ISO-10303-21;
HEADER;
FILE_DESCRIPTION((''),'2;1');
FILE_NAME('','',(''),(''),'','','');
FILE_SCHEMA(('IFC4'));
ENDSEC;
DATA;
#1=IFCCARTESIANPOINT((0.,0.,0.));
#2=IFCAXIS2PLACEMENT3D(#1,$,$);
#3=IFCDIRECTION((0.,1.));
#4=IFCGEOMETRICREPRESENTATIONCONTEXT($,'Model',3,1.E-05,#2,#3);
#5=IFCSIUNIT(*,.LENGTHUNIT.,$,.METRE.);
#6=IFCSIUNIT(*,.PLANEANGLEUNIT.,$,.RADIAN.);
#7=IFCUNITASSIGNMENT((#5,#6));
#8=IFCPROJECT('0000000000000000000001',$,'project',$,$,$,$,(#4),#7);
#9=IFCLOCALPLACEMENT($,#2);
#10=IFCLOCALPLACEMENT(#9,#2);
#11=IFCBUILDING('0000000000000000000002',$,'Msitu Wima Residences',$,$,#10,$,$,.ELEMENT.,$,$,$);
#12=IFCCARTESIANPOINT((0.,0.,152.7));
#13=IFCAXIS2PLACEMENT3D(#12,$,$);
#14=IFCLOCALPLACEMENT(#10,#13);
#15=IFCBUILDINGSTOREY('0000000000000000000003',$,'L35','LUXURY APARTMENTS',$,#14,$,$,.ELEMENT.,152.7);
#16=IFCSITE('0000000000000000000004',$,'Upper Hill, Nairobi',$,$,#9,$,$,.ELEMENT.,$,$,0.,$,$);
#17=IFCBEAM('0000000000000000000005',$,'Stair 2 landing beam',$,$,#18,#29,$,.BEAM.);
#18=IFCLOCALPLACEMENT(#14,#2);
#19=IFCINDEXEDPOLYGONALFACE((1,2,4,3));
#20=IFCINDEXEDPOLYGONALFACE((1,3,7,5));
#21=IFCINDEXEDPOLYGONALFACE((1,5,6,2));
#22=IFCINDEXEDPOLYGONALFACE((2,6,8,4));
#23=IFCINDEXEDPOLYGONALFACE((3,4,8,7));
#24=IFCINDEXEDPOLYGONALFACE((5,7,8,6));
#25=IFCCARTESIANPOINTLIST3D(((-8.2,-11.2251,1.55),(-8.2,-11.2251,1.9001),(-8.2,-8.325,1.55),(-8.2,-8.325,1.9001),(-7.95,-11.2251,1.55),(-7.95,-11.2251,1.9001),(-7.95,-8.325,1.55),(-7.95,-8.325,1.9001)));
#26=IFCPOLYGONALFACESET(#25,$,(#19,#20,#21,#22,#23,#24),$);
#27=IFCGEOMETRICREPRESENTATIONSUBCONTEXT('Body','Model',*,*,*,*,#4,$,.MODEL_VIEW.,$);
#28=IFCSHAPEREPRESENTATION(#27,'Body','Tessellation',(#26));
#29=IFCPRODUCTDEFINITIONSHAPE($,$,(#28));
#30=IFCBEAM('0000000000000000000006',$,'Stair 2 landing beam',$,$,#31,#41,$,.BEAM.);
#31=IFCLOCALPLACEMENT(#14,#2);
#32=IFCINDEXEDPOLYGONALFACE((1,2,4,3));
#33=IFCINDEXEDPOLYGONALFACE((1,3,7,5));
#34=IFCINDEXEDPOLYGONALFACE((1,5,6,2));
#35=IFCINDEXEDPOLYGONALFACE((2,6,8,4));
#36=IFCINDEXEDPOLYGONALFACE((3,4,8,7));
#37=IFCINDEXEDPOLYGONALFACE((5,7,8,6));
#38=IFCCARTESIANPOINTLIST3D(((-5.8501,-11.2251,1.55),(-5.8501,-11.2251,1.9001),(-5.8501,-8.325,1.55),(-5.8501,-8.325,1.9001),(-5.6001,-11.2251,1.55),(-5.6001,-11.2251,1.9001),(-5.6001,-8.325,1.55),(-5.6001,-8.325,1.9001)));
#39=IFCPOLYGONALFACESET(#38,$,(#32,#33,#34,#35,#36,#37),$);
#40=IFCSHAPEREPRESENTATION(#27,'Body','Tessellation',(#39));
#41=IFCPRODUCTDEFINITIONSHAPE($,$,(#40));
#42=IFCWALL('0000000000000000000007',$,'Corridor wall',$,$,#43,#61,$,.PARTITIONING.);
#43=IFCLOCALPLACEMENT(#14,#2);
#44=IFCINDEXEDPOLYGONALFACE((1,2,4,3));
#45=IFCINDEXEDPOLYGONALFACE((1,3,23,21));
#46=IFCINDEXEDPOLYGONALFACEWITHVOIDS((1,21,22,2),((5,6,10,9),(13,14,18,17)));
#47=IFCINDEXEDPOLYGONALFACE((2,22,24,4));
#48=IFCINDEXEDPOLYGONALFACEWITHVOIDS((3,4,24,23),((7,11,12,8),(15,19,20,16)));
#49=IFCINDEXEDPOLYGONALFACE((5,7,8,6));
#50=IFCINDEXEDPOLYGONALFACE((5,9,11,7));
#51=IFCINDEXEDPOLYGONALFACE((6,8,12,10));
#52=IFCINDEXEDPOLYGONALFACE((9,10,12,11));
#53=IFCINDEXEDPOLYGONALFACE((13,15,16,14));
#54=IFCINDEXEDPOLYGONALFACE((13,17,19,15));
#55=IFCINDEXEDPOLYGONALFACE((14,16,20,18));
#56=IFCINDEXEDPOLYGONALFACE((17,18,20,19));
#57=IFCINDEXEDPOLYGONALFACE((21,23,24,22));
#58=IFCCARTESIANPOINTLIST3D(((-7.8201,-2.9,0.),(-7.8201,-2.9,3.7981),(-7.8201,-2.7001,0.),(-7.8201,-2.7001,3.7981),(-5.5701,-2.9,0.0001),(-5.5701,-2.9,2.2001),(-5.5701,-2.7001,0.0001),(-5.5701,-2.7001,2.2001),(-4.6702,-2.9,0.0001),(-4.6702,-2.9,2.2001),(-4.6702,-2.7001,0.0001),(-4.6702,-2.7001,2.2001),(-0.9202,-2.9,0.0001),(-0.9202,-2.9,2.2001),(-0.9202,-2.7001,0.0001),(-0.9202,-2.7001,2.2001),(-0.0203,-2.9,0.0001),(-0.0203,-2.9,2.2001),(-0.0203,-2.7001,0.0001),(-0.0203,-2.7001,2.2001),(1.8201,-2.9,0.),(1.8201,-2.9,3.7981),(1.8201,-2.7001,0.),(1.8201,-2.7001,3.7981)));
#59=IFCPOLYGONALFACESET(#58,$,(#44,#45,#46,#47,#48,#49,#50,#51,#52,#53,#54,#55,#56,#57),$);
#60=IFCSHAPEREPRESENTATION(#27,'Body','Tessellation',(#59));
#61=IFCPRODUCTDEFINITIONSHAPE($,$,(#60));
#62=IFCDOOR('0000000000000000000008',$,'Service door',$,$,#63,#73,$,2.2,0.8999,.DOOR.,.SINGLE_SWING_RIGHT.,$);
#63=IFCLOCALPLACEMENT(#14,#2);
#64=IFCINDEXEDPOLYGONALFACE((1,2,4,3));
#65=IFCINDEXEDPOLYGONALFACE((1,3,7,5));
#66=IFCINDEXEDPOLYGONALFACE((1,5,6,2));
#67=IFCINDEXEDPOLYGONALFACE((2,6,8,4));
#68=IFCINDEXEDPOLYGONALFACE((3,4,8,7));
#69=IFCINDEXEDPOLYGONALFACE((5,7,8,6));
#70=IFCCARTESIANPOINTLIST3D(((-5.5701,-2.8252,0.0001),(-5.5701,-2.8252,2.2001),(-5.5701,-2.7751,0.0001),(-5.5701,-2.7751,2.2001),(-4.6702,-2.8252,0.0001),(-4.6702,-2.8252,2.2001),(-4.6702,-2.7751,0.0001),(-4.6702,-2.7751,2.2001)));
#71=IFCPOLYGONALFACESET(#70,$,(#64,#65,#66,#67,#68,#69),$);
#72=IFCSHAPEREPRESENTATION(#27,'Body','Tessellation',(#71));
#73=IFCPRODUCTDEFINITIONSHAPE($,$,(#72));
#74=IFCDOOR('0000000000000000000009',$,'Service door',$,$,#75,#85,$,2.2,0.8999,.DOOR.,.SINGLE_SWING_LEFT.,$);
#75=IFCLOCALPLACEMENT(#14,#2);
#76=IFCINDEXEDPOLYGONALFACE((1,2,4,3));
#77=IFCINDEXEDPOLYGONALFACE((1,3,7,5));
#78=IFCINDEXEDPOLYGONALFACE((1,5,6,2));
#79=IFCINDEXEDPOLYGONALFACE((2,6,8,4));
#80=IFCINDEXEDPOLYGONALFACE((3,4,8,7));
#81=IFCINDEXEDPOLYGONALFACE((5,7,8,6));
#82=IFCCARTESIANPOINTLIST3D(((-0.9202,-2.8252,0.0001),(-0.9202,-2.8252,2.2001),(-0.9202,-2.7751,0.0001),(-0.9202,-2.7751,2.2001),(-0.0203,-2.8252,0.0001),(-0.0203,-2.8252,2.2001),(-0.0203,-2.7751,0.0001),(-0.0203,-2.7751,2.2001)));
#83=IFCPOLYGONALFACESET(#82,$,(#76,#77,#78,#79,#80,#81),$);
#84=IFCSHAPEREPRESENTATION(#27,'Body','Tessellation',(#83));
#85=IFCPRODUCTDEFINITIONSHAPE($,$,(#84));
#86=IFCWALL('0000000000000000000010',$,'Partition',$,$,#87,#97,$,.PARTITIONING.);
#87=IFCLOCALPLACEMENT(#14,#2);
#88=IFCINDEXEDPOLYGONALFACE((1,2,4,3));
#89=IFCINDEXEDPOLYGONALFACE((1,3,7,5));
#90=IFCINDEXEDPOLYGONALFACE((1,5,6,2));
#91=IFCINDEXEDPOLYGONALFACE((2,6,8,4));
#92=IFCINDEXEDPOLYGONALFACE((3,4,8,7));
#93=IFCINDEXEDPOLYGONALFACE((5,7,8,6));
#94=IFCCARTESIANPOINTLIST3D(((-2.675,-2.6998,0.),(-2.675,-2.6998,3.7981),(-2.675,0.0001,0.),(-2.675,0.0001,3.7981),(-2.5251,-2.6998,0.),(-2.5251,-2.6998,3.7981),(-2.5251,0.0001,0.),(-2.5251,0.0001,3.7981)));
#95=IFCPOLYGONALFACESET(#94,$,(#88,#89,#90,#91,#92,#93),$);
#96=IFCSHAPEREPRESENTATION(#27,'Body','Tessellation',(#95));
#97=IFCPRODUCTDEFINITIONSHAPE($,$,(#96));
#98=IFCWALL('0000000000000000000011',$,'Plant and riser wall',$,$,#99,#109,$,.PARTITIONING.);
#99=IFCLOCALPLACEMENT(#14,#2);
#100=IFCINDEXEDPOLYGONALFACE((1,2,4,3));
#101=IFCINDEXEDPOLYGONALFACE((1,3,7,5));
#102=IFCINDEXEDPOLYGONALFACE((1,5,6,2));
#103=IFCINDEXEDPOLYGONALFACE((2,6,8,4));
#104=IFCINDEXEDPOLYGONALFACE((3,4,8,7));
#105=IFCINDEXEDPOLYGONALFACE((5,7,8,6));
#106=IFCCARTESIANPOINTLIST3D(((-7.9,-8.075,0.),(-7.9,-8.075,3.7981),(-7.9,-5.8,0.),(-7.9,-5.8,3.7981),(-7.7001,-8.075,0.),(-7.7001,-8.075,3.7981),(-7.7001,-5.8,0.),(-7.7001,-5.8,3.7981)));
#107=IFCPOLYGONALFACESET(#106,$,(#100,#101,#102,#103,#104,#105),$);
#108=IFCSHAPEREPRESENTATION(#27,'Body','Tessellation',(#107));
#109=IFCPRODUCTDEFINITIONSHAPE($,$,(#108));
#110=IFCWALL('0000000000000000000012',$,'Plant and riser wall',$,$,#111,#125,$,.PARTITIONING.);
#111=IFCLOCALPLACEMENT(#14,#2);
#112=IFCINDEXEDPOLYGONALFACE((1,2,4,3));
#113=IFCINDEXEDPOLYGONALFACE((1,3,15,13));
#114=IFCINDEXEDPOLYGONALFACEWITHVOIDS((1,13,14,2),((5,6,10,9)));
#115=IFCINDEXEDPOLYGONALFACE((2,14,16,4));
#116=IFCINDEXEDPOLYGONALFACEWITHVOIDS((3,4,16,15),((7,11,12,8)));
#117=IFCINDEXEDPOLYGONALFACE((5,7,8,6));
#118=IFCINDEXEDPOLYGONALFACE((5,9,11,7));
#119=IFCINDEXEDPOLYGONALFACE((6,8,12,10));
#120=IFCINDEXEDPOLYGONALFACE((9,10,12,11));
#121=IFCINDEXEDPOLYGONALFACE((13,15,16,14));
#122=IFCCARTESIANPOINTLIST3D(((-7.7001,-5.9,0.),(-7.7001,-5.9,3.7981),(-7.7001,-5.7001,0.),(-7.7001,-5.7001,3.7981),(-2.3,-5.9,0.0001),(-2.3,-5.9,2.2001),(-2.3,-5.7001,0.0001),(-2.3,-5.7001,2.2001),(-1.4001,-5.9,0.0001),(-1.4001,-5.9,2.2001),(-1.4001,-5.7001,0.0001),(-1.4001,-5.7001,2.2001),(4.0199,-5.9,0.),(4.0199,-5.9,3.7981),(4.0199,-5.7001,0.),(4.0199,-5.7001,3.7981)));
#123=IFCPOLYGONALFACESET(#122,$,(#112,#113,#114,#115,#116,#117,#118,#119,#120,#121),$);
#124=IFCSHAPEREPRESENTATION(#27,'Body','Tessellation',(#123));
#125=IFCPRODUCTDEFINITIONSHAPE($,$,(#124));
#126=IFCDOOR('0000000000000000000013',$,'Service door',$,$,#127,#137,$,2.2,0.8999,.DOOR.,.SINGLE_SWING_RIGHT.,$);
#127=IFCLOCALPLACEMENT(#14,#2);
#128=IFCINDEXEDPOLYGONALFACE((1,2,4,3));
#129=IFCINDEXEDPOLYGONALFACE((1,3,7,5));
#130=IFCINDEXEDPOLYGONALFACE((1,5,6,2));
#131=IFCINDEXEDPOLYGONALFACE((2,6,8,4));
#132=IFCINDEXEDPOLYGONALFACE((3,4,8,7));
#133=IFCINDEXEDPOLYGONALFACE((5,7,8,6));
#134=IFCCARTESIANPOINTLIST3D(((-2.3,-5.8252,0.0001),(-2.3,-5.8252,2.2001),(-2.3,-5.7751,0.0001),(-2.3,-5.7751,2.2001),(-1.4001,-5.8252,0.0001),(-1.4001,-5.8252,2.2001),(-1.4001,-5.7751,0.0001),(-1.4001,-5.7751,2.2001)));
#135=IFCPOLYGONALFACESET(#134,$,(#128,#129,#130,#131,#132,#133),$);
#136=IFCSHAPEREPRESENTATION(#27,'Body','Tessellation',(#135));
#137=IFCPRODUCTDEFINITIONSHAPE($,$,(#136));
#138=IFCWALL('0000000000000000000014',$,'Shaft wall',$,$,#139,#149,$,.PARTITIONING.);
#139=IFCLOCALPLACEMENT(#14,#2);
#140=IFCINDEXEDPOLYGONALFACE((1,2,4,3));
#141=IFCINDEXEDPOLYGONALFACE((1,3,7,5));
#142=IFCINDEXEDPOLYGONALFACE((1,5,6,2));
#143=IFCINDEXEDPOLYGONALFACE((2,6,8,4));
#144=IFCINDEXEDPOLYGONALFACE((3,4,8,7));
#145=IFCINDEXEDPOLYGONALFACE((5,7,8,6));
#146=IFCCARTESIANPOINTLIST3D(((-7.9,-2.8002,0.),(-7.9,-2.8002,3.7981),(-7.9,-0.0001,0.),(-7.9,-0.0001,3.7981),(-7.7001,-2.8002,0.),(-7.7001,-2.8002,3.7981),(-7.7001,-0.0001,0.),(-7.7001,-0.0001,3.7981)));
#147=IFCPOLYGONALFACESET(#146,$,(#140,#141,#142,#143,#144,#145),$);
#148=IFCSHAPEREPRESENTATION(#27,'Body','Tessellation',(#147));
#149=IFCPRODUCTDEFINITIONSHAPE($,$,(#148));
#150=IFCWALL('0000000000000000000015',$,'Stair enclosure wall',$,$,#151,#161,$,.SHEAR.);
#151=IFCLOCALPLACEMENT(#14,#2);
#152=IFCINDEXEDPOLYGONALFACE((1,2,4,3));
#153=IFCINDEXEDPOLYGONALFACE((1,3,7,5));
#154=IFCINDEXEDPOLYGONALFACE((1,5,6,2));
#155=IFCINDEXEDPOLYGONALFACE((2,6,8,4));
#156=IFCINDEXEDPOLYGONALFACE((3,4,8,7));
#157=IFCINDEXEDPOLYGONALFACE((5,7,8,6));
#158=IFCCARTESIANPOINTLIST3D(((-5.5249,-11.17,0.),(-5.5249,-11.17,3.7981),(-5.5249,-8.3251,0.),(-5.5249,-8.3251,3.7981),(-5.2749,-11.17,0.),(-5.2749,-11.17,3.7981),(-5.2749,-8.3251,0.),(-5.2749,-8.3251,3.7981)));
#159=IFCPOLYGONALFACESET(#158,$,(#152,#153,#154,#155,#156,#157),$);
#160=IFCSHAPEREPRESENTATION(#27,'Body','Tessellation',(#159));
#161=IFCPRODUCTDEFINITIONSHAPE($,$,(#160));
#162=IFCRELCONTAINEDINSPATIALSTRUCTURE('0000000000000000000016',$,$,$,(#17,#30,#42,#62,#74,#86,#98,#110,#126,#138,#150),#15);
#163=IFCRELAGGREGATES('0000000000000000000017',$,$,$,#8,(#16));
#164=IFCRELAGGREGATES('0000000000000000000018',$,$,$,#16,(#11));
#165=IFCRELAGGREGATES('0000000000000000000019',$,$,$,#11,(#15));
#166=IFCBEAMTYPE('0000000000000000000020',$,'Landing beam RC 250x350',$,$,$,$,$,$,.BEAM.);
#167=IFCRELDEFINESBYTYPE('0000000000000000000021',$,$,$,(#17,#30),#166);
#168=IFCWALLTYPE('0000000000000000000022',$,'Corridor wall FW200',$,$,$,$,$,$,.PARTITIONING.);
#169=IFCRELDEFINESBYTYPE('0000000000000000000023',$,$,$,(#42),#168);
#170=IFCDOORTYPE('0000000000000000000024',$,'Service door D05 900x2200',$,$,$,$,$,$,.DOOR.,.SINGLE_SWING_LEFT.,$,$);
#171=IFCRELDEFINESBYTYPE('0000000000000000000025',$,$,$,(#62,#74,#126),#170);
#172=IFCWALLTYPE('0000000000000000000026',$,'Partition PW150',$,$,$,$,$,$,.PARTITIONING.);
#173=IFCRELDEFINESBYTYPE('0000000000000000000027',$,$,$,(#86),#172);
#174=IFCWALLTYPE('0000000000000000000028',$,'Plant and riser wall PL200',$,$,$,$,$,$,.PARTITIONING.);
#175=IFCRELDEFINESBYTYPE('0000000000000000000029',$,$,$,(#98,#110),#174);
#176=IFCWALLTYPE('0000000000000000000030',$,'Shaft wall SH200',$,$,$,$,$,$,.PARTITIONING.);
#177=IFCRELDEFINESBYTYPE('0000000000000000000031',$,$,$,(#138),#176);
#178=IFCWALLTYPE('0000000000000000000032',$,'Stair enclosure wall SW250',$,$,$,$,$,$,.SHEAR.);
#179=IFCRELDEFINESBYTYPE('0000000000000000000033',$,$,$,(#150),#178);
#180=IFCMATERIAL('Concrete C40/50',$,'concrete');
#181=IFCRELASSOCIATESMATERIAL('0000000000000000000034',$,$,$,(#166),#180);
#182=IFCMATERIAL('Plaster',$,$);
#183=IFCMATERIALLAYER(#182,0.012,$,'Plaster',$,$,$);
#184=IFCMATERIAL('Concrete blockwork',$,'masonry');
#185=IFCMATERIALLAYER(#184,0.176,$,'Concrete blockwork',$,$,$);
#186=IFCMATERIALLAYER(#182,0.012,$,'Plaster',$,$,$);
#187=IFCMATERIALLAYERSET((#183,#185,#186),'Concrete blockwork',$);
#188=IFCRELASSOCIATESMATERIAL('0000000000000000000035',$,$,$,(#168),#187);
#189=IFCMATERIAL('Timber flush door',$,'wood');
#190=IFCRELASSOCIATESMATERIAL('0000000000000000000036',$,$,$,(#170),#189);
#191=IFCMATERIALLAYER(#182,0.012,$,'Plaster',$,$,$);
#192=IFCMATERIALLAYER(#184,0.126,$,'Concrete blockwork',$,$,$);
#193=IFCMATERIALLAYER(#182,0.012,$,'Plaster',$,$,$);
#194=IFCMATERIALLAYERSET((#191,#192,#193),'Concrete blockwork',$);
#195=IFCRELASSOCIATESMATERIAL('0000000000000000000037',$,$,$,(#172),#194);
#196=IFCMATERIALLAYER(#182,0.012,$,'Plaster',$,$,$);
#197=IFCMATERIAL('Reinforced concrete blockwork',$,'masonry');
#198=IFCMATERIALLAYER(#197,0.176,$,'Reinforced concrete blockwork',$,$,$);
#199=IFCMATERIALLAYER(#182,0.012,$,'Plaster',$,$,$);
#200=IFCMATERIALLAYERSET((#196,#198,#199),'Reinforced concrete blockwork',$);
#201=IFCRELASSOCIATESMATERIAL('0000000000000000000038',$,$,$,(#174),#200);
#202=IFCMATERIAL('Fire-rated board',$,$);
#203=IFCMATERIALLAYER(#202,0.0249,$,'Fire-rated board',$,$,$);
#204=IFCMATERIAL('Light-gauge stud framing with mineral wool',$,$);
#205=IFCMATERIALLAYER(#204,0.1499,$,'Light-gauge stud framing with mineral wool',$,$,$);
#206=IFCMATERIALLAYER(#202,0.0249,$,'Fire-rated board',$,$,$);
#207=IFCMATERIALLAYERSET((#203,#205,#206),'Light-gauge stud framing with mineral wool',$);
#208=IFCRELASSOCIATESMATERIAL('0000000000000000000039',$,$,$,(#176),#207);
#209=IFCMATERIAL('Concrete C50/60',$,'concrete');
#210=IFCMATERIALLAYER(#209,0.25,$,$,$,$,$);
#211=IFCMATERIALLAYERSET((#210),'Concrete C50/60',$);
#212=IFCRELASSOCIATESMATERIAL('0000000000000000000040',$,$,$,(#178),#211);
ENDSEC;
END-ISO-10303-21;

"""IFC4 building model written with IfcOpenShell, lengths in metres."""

from ifc_helpers import new_model, si_unit, direction, frame, frame_2d, origin, origin_2d, place, context, subcontext, project, spatial, rectangle, extrude, material, layer, layer_set, material_profile, profile_set, type_object, element, fill, save


model = new_model("IFC4")

# Units and contexts
model_context = context("Model", 3, precision=1e-05, world=origin(), true_north=direction((0.0, 1.0)))
body_context = subcontext(model_context, "Body", "Model", "MODEL_VIEW")
ifc_project = project(units=[si_unit("LENGTHUNIT", "METRE"), si_unit("PLANEANGLEUNIT", "RADIAN")], contexts=[model_context])

# Site, building, storey
site_placement = place(None, origin())
site = spatial("IfcSite", under=ifc_project, at=site_placement, Name="Upper Hill, Nairobi", CompositionType="ELEMENT", RefElevation=0.0)
building_placement = place(site_placement, origin())
building = spatial("IfcBuilding", under=site, at=building_placement, Name="Msitu Wima Residences", CompositionType="ELEMENT")
storey_placement = place(building_placement, frame((0.0, 0.0, 152.7)))
storey = spatial("IfcBuildingStorey", under=building, at=storey_placement, Name="L35", Description="LUXURY APARTMENTS", CompositionType="ELEMENT", Elevation=152.7)

# Beams
ifc_material_1 = material(Name="Concrete C40/50", Category="concrete")
ifc_material_profile = material_profile(ifc_material_1, rectangle(XDim=0.25, YDim=0.3501, at=origin_2d()), Name="RC 250x350")
ifc_profile_set = profile_set([ifc_material_profile], Name="Concrete C40/50")
beam_type = type_object("IfcBeamType", Name="Landing beam RC 250x350", PredefinedType="BEAM", material=ifc_profile_set)
for number, where, z_axis, x_axis, name in (
    (1, (-8.075, -11.2251, 1.7251), (0.0, 1.0, 0.0), (-1.0, 0.0, 0.0), "Stair 2 landing beam"),
    (2, (-5.7251, -11.2251, 1.7251), (0.0, 1.0, 0.0), (-1.0, 0.0, 0.0), "Stair 2 landing beam"),
):
    element("IfcBeam", number, at=place(storey_placement, frame(where, z_axis=z_axis, x_axis=x_axis)), inside=storey, type_object=beam_type, Name=name, PredefinedType="BEAM", context=body_context, shape_type="SweptSolid", body=[
        extrude(rectangle(XDim=0.25, YDim=0.3501, at=origin_2d()), origin(), (0.0, 0.0, 1.0), 2.9001),
    ])

# Wall, openings, doors
ifc_material_2 = material(Name="Plaster")
ifc_layer_1 = layer(ifc_material_2, 0.012, Name="Plaster")
ifc_material_3 = material(Name="Concrete blockwork", Category="masonry")
ifc_layer_2 = layer(ifc_material_3, 0.176, Name="Concrete blockwork")
ifc_layer_3 = layer(ifc_material_2, 0.012, Name="Plaster")
ifc_layer_set_1 = layer_set([ifc_layer_1, ifc_layer_2, ifc_layer_3], Name="Concrete blockwork")
wall_type_1 = type_object("IfcWallType", Name="Corridor wall FW200", PredefinedType="PARTITIONING", material=ifc_layer_set_1)
wall_1_placement = place(storey_placement, frame((-7.8201, -2.8, 0.0), z_axis=(0.0, 0.0, 1.0), x_axis=(1.0, 0.0, 0.0)))
wall_1 = element("IfcWall", 3, at=wall_1_placement, inside=storey, type_object=wall_type_1, Name="Corridor wall", PredefinedType="PARTITIONING", context=body_context, shape_type="SweptSolid", body=[
    extrude(rectangle(XDim=9.6401, YDim=0.2, at=frame_2d((4.8201, 0.0))), origin(), (0.0, 0.0, 1.0), 3.7981),
])
opening_1_placement = place(wall_1_placement, frame((2.25, 0.0, 0.0)))
opening_1 = element("IfcOpeningElement", 4, at=opening_1_placement, cuts=wall_1, PredefinedType="OPENING", context=body_context, shape_type="SweptSolid", body=[
    extrude(rectangle(XDim=0.8999, YDim=2.2, at=frame_2d((0.45, 1.1001))), frame((0.0, 0.1099, 0.0), z_axis=(0.0, -1.0, 0.0), x_axis=(1.0, 0.0, 0.0)), (0.0, 0.0, 1.0), 0.22),
])
opening_2_placement = place(wall_1_placement, frame((6.8999, 0.0, 0.0)))
opening_2 = element("IfcOpeningElement", 5, at=opening_2_placement, cuts=wall_1, PredefinedType="OPENING", context=body_context, shape_type="SweptSolid", body=[
    extrude(rectangle(XDim=0.8999, YDim=2.2, at=frame_2d((0.45, 1.1001))), frame((0.0, 0.1099, 0.0), z_axis=(0.0, -1.0, 0.0), x_axis=(1.0, 0.0, 0.0)), (0.0, 0.0, 1.0), 0.22),
])
ifc_material_4 = material(Name="Timber flush door", Category="wood")
door_type_1 = type_object("IfcDoorType", Name="Service door D05 900x2200", OperationType="SINGLE_SWING_LEFT", PredefinedType="DOOR", material=ifc_material_4)
door_1_placement = place(opening_1_placement, origin())
door_1 = element("IfcDoor", 6, at=door_1_placement, inside=storey, type_object=door_type_1, Name="Service door", OperationType="SINGLE_SWING_RIGHT", OverallHeight=2.2, OverallWidth=0.8999, PredefinedType="DOOR", context=body_context, shape_type="SweptSolid", body=[
    extrude(rectangle(XDim=0.8999, YDim=2.2, at=frame_2d((0.45, 1.1001))), frame((0.0, 0.0249, 0.0), z_axis=(0.0, -1.0, 0.0), x_axis=(1.0, 0.0, 0.0)), (0.0, 0.0, 1.0), 0.05),
])
fill(opening_1, door_1)
door_2_placement = place(opening_2_placement, origin())
door_2 = element("IfcDoor", 7, at=door_2_placement, inside=storey, type_object=door_type_1, Name="Service door", OperationType="SINGLE_SWING_LEFT", OverallHeight=2.2, OverallWidth=0.8999, PredefinedType="DOOR", context=body_context, shape_type="SweptSolid", body=[
    extrude(rectangle(XDim=0.8999, YDim=2.2, at=frame_2d((0.45, 1.1001))), frame((0.0, 0.0249, 0.0), z_axis=(0.0, -1.0, 0.0), x_axis=(1.0, 0.0, 0.0)), (0.0, 0.0, 1.0), 0.05),
])
fill(opening_2, door_2)

# Walls
ifc_layer_4 = layer(ifc_material_2, 0.012, Name="Plaster")
ifc_layer_5 = layer(ifc_material_3, 0.126, Name="Concrete blockwork")
ifc_layer_6 = layer(ifc_material_2, 0.012, Name="Plaster")
ifc_layer_set_2 = layer_set([ifc_layer_4, ifc_layer_5, ifc_layer_6], Name="Concrete blockwork")
wall_type_2 = type_object("IfcWallType", Name="Partition PW150", PredefinedType="PARTITIONING", material=ifc_layer_set_2)
wall_2_placement = place(storey_placement, frame((-2.6001, -2.7, 0.0), z_axis=(0.0, 0.0, 1.0), x_axis=(0.0, 1.0, 0.0)))
element("IfcWall", 8, at=wall_2_placement, inside=storey, type_object=wall_type_2, Name="Partition", PredefinedType="PARTITIONING", context=body_context, shape_type="SweptSolid", body=[
    extrude(rectangle(XDim=2.7, YDim=0.1499, at=frame_2d((1.3501, 0.0))), origin(), (0.0, 0.0, 1.0), 3.7981),
])
ifc_layer_7 = layer(ifc_material_2, 0.012, Name="Plaster")
ifc_material_5 = material(Name="Reinforced concrete blockwork", Category="masonry")
ifc_layer_8 = layer(ifc_material_5, 0.176, Name="Reinforced concrete blockwork")
ifc_layer_9 = layer(ifc_material_2, 0.012, Name="Plaster")
ifc_layer_set_3 = layer_set([ifc_layer_7, ifc_layer_8, ifc_layer_9], Name="Reinforced concrete blockwork")
wall_type_3 = type_object("IfcWallType", Name="Plant and riser wall PL200", PredefinedType="PARTITIONING", material=ifc_layer_set_3)
wall_3_placement = place(storey_placement, frame((-7.8, -8.075, 0.0), z_axis=(0.0, 0.0, 1.0), x_axis=(0.0, 1.0, 0.0)))
element("IfcWall", 9, at=wall_3_placement, inside=storey, type_object=wall_type_3, Name="Plant and riser wall", PredefinedType="PARTITIONING", context=body_context, shape_type="SweptSolid", body=[
    extrude(rectangle(XDim=2.2749, YDim=0.2, at=frame_2d((1.1375, 0.0))), origin(), (0.0, 0.0, 1.0), 3.7981),
])

# Wall, opening, door
wall_4_placement = place(storey_placement, frame((-7.7, -5.8, 0.0), z_axis=(0.0, 0.0, 1.0), x_axis=(1.0, 0.0, 0.0)))
wall_4 = element("IfcWall", 10, at=wall_4_placement, inside=storey, type_object=wall_type_3, Name="Plant and riser wall", PredefinedType="PARTITIONING", context=body_context, shape_type="SweptSolid", body=[
    extrude(rectangle(XDim=11.72, YDim=0.2, at=frame_2d((5.8599, 0.0))), origin(), (0.0, 0.0, 1.0), 3.7981),
])
opening_3_placement = place(wall_4_placement, frame((5.3999, 0.0, 0.0)))
opening_3 = element("IfcOpeningElement", 11, at=opening_3_placement, cuts=wall_4, PredefinedType="OPENING", context=body_context, shape_type="SweptSolid", body=[
    extrude(rectangle(XDim=0.8999, YDim=2.2, at=frame_2d((0.45, 1.1001))), frame((0.0, 0.1099, 0.0), z_axis=(0.0, -1.0, 0.0), x_axis=(1.0, 0.0, 0.0)), (0.0, 0.0, 1.0), 0.22),
])
door_3_placement = place(opening_3_placement, origin())
door_3 = element("IfcDoor", 12, at=door_3_placement, inside=storey, type_object=door_type_1, Name="Service door", OperationType="SINGLE_SWING_RIGHT", OverallHeight=2.2, OverallWidth=0.8999, PredefinedType="DOOR", context=body_context, shape_type="SweptSolid", body=[
    extrude(rectangle(XDim=0.8999, YDim=2.2, at=frame_2d((0.45, 1.1001))), frame((0.0, 0.0249, 0.0), z_axis=(0.0, -1.0, 0.0), x_axis=(1.0, 0.0, 0.0)), (0.0, 0.0, 1.0), 0.05),
])
fill(opening_3, door_3)

# Walls
ifc_material_6 = material(Name="Fire-rated board")
ifc_layer_10 = layer(ifc_material_6, 0.0249, Name="Fire-rated board")
ifc_material_7 = material(Name="Light-gauge stud framing with mineral wool")
ifc_layer_11 = layer(ifc_material_7, 0.1499, Name="Light-gauge stud framing with mineral wool")
ifc_layer_12 = layer(ifc_material_6, 0.0249, Name="Fire-rated board")
ifc_layer_set_4 = layer_set([ifc_layer_10, ifc_layer_11, ifc_layer_12], Name="Light-gauge stud framing with mineral wool")
wall_type_4 = type_object("IfcWallType", Name="Shaft wall SH200", PredefinedType="PARTITIONING", material=ifc_layer_set_4)
wall_5_placement = place(storey_placement, frame((-7.8, -2.8, 0.0), z_axis=(0.0, 0.0, 1.0), x_axis=(0.0, 1.0, 0.0)))
element("IfcWall", 13, at=wall_5_placement, inside=storey, type_object=wall_type_4, Name="Shaft wall", PredefinedType="PARTITIONING", context=body_context, shape_type="SweptSolid", body=[
    extrude(rectangle(XDim=2.8, YDim=0.2, at=frame_2d((1.3999, 0.0))), origin(), (0.0, 0.0, 1.0), 3.7981),
])
ifc_material_8 = material(Name="Concrete C50/60", Category="concrete")
ifc_layer_13 = layer(ifc_material_8, 0.25)
ifc_layer_set_5 = layer_set([ifc_layer_13], Name="Concrete C50/60")
wall_type_5 = type_object("IfcWallType", Name="Stair enclosure wall SW250", PredefinedType="SHEAR", material=ifc_layer_set_5)
wall_6_placement = place(storey_placement, frame((-5.3999, -11.1699, 0.0), z_axis=(0.0, 0.0, 1.0), x_axis=(0.0, 1.0, 0.0)))
element("IfcWall", 14, at=wall_6_placement, inside=storey, type_object=wall_type_5, Name="Stair enclosure wall", PredefinedType="SHEAR", context=body_context, shape_type="SweptSolid", body=[
    extrude(rectangle(XDim=2.845, YDim=0.25, at=frame_2d((1.4224, 0.0))), origin(), (0.0, 0.0, 1.0), 3.7981),
])

save(model, "model.ifc")
